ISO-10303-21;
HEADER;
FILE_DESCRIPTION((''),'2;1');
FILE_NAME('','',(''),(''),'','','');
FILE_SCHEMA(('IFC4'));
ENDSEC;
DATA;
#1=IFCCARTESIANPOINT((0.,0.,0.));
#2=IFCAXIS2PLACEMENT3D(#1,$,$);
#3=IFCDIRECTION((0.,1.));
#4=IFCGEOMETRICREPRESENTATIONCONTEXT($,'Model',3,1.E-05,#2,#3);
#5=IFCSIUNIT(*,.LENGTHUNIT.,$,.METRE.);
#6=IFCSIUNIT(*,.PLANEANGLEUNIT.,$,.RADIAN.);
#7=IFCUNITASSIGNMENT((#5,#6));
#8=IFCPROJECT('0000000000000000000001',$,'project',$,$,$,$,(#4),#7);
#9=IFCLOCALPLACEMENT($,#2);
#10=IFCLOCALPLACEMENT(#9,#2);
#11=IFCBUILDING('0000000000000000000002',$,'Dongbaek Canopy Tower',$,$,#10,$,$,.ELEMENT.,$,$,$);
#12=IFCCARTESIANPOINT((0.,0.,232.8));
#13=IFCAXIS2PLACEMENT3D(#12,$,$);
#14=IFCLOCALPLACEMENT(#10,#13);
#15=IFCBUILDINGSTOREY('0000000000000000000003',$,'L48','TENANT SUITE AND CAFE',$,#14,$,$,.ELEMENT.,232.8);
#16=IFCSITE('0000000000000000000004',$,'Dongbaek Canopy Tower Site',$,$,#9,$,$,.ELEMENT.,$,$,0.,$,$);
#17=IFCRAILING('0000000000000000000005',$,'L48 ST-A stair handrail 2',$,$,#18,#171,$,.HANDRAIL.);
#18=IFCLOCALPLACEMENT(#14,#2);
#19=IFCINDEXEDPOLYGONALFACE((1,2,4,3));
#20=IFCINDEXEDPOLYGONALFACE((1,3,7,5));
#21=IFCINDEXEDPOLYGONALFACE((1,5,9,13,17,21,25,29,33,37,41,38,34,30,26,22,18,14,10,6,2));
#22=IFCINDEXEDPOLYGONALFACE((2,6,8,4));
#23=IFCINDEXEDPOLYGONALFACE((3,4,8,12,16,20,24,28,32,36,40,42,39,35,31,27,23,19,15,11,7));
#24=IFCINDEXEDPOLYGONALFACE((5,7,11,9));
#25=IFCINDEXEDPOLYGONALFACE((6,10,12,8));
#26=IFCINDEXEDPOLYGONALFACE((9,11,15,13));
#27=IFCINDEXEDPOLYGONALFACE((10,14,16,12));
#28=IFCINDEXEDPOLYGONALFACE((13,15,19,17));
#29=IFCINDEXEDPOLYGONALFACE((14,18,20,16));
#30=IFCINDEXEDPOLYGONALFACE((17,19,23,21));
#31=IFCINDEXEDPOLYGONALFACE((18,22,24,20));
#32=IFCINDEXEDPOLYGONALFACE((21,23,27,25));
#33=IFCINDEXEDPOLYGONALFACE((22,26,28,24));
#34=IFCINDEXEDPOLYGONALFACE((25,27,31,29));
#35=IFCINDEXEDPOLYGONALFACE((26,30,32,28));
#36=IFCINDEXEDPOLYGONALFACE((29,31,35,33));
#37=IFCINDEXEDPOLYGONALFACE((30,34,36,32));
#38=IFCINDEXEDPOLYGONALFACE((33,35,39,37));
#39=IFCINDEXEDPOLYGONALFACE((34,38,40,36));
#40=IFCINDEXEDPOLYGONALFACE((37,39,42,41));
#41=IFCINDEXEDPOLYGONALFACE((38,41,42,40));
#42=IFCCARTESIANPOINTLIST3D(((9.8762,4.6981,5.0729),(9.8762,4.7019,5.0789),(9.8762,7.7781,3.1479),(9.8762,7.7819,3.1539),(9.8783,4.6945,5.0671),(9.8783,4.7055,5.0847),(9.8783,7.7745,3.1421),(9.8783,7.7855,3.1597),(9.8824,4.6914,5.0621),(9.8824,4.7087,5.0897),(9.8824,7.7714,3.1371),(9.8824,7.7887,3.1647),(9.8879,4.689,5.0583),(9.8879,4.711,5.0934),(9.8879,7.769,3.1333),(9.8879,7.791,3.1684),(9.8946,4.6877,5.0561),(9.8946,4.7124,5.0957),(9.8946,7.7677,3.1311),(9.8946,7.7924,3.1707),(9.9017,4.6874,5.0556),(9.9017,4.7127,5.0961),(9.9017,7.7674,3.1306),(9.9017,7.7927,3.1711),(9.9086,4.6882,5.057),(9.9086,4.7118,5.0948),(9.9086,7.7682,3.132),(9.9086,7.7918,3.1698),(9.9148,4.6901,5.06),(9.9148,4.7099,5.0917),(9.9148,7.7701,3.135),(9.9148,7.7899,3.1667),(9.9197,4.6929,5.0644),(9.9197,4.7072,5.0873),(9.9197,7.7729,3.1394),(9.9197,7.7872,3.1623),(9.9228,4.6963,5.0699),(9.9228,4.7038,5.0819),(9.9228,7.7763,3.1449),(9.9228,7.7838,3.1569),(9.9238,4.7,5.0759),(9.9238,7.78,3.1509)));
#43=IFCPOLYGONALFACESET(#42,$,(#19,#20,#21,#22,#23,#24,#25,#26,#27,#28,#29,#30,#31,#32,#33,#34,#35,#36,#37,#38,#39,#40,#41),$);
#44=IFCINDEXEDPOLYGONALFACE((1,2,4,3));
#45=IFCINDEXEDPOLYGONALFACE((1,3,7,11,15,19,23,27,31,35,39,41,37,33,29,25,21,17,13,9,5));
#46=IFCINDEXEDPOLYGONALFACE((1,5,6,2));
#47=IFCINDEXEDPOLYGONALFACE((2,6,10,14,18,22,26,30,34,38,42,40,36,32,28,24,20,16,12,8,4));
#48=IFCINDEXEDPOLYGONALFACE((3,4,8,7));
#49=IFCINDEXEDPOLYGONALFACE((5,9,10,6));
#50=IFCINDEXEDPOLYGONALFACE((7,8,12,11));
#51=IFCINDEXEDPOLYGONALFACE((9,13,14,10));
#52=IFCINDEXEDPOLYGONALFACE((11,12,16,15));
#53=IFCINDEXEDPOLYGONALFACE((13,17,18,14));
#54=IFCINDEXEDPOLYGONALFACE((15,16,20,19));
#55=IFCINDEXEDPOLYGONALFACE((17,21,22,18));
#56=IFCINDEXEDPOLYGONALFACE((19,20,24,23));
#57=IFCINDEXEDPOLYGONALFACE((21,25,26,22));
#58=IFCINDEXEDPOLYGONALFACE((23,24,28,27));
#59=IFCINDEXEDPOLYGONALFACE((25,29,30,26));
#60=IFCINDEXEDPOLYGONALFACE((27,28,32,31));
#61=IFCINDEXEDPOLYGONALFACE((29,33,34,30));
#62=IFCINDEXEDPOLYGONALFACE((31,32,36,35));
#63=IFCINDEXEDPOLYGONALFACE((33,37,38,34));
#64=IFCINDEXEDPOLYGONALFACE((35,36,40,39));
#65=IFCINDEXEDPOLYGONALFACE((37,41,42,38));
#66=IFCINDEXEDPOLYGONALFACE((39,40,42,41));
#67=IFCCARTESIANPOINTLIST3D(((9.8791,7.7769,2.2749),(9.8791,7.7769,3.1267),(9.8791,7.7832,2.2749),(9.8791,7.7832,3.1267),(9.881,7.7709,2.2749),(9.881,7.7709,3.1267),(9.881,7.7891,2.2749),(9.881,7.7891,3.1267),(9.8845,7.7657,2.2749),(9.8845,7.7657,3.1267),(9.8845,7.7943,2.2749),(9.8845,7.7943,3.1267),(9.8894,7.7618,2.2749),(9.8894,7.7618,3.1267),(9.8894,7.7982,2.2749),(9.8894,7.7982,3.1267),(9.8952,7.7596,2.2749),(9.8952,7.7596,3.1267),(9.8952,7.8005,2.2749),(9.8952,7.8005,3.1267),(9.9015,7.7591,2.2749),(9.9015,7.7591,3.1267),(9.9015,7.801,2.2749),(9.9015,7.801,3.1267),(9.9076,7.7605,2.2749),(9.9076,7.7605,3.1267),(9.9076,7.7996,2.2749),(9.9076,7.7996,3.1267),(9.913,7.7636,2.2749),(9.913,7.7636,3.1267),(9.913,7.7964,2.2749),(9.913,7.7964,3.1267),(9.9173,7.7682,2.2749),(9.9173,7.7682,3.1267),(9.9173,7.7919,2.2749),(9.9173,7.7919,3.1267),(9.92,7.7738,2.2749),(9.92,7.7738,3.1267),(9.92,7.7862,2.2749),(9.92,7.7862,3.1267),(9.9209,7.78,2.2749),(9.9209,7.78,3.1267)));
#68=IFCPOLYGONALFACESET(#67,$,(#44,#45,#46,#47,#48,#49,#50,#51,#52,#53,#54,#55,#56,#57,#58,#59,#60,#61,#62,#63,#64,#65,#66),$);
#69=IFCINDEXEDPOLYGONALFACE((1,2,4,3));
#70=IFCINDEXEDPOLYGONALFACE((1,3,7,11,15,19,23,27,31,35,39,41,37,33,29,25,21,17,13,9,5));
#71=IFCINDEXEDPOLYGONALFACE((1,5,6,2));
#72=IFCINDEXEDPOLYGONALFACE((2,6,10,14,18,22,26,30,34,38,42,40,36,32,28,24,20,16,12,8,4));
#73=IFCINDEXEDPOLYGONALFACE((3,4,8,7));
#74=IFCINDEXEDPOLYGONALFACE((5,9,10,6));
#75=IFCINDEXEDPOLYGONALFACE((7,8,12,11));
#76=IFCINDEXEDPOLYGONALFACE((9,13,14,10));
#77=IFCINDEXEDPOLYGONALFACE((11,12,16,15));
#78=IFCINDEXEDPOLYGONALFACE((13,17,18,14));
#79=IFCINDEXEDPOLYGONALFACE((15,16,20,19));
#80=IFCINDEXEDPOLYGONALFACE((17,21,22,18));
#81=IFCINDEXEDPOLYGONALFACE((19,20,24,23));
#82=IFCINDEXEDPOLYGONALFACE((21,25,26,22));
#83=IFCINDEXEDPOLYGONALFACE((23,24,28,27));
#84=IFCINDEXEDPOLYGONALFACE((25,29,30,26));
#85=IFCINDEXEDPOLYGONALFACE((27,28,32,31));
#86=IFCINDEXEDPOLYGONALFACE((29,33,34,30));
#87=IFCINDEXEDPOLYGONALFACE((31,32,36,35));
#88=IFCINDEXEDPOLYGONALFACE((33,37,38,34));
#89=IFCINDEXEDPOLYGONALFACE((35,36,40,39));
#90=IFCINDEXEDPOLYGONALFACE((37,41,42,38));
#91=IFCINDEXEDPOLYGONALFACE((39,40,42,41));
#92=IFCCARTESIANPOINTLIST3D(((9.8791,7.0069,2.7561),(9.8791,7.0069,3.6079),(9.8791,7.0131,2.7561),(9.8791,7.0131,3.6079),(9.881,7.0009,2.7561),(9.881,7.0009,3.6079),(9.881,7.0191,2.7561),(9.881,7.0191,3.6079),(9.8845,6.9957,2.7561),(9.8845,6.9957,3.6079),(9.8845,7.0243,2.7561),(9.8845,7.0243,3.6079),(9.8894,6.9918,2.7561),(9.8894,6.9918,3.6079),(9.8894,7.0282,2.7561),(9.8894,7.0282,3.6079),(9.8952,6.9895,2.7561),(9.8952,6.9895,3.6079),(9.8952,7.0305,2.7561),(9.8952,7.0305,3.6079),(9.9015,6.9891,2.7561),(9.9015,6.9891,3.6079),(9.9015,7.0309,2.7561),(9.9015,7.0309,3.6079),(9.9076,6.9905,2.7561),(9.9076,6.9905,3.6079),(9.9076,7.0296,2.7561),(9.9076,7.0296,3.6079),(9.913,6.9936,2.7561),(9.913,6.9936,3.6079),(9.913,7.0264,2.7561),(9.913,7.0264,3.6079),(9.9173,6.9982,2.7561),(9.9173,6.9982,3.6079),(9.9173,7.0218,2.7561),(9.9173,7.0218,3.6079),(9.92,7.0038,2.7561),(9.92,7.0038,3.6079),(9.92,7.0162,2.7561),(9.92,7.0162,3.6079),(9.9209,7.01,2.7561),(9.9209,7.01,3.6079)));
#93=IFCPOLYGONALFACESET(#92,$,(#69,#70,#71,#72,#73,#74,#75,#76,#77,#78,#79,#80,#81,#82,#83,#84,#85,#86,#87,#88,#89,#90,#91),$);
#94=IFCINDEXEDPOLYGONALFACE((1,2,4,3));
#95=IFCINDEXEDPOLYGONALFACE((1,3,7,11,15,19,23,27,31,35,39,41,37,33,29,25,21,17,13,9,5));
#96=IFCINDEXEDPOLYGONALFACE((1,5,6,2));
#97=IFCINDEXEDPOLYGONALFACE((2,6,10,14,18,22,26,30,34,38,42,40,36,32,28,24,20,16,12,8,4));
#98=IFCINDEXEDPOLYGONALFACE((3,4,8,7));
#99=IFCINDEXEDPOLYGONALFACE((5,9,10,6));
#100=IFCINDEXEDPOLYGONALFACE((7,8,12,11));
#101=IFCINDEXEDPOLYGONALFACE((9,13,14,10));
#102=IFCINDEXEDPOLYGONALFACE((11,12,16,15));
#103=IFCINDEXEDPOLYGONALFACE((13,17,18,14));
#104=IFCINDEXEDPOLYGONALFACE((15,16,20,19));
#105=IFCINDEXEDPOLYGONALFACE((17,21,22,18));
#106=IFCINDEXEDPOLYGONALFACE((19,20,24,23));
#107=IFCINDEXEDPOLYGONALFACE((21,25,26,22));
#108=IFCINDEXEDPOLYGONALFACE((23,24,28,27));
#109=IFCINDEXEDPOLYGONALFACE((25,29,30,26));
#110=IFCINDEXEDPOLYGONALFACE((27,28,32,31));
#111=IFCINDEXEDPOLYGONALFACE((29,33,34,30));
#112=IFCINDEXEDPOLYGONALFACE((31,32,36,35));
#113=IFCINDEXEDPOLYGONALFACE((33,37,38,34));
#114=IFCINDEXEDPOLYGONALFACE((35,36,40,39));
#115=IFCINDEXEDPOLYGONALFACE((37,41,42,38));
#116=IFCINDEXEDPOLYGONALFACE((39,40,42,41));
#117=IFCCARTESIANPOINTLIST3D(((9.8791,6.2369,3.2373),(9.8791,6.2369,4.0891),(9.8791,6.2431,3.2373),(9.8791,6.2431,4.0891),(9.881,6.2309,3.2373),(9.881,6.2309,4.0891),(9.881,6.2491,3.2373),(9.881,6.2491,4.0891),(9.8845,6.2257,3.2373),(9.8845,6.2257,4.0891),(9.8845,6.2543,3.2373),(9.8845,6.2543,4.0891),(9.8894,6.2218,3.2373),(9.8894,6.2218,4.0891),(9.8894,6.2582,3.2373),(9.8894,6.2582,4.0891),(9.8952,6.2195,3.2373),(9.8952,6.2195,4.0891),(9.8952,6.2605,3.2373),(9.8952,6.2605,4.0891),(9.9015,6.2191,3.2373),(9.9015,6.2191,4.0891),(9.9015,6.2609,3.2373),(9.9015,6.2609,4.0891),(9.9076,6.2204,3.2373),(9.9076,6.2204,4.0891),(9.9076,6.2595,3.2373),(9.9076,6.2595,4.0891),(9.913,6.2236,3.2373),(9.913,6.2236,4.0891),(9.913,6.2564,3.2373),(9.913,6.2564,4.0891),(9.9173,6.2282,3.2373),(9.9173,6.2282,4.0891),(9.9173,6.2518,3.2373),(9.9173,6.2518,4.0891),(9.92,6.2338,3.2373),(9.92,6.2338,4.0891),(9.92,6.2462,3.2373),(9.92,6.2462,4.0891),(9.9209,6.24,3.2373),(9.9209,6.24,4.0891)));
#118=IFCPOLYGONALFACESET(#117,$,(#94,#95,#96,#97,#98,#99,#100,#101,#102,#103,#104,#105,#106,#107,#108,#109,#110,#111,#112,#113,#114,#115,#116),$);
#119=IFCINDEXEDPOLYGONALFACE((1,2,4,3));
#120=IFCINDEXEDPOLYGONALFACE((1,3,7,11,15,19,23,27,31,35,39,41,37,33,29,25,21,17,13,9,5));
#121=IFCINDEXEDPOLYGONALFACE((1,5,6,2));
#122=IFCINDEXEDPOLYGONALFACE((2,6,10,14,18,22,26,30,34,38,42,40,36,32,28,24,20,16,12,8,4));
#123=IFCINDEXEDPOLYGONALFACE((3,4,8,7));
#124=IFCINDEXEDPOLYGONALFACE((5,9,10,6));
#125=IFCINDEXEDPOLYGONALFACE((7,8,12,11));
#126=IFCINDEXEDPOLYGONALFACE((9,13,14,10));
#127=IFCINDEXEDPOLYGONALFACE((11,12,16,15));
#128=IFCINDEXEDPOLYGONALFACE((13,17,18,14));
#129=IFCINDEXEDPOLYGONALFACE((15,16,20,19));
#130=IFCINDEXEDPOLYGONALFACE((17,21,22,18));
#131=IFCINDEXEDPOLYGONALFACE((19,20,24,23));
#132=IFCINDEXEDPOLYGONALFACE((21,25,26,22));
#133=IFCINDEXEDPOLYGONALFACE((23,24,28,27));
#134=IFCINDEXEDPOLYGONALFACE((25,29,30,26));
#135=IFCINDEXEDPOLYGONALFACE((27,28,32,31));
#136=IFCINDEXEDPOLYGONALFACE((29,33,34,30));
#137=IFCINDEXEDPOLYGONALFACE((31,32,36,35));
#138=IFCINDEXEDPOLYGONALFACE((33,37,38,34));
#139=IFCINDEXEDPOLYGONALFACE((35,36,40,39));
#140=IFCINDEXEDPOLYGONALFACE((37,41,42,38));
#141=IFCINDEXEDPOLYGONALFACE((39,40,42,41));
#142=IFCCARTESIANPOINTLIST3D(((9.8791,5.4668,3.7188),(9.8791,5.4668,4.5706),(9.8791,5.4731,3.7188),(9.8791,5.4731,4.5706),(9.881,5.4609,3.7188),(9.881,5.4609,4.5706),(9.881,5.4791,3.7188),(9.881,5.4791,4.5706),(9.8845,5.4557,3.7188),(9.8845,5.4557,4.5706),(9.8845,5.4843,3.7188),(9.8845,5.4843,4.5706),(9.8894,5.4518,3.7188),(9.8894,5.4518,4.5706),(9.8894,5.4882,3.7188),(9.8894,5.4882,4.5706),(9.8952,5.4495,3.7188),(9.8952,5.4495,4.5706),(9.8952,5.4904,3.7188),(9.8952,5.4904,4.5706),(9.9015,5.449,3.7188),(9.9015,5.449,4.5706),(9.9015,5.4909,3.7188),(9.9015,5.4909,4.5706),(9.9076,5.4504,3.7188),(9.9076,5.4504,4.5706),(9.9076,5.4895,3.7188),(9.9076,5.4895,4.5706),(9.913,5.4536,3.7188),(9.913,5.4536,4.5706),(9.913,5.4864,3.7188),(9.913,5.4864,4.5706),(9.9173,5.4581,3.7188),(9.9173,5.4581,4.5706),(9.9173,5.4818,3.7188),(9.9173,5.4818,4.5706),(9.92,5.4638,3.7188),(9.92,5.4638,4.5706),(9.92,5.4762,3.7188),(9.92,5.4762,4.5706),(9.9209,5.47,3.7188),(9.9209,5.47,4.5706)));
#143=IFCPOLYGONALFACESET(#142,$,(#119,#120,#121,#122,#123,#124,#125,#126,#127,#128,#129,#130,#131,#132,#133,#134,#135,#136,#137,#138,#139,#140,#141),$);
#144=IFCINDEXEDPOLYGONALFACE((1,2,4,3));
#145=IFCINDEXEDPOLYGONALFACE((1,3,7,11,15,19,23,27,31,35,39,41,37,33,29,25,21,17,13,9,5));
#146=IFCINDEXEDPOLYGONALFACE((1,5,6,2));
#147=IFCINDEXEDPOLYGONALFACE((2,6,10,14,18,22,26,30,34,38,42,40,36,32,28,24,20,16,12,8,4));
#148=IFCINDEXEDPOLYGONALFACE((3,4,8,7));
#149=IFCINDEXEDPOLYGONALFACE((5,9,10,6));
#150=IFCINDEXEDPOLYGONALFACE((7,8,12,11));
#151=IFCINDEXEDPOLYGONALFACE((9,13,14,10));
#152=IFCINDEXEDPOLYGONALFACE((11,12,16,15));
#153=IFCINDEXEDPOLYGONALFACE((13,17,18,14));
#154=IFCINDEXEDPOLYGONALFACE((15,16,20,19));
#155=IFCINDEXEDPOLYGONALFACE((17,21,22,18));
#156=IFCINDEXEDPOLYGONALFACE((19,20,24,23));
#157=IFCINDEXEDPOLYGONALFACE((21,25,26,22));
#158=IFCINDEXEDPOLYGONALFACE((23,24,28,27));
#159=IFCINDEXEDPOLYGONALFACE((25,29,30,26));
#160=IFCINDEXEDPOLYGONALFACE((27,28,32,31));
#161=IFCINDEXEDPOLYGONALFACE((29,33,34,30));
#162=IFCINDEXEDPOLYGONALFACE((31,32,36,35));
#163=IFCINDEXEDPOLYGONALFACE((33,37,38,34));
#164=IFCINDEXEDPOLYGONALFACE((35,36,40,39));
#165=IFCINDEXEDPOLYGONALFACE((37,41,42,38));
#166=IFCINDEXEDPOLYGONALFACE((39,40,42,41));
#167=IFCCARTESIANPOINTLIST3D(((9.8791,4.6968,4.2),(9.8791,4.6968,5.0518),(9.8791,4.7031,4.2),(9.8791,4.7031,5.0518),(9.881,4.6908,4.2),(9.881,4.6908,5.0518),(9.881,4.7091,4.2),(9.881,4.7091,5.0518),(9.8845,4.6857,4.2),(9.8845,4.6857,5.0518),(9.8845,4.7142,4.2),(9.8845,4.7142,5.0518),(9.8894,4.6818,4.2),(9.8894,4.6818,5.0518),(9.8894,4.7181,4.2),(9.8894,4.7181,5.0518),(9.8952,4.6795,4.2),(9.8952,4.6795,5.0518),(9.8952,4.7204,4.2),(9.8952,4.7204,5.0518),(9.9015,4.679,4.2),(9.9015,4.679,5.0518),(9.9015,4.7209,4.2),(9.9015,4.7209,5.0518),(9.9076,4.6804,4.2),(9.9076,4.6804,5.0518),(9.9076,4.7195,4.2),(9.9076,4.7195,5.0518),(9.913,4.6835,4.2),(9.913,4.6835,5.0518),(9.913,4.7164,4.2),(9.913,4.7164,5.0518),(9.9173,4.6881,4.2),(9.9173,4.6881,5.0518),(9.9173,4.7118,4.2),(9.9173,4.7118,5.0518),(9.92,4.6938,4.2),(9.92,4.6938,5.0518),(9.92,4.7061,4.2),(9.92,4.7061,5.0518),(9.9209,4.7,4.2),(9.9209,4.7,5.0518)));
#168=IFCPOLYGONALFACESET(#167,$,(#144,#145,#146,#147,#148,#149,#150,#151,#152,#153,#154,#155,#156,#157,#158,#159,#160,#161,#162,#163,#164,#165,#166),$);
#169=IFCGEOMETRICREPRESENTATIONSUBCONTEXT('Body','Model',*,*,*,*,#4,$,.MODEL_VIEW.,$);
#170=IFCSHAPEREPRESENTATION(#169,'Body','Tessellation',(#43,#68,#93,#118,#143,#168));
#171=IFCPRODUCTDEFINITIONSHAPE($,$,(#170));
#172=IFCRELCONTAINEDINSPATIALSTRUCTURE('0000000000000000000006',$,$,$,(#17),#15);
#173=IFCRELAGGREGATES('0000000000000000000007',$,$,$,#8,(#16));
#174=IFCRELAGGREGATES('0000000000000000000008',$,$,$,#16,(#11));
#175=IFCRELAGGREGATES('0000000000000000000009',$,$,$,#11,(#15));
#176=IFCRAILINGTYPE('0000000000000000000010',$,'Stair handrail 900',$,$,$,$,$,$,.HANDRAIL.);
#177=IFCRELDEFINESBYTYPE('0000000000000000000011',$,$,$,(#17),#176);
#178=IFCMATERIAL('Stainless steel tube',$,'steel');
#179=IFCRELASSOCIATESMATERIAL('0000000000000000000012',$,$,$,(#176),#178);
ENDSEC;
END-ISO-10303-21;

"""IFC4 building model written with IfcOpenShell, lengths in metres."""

from ifc_helpers import new_model, si_unit, direction, frame, origin, origin_2d, place, context, subcontext, project, spatial, circle, extrude, material, type_object, element, save


model = new_model("IFC4")

# Units and contexts
model_context = context("Model", 3, precision=1e-05, world=origin(), true_north=direction((0.0, 1.0)))
body_context = subcontext(model_context, "Body", "Model", "MODEL_VIEW")
ifc_project = project(units=[si_unit("LENGTHUNIT", "METRE"), si_unit("PLANEANGLEUNIT", "RADIAN")], contexts=[model_context])

# Site, building, storey
site_placement = place(None, origin())
site = spatial("IfcSite", under=ifc_project, at=site_placement, Name="Dongbaek Canopy Tower Site", CompositionType="ELEMENT", RefElevation=0.0)
building_placement = place(site_placement, origin())
building = spatial("IfcBuilding", under=site, at=building_placement, Name="Dongbaek Canopy Tower", CompositionType="ELEMENT")
storey_placement = place(building_placement, frame((0.0, 0.0, 232.8)))
storey = spatial("IfcBuildingStorey", under=building, at=storey_placement, Name="L48", Description="TENANT SUITE AND CAFE", CompositionType="ELEMENT", Elevation=232.8)

# Railing
ifc_material_1 = material(Name="Stainless steel tube", Category="steel")
railing_type_1 = type_object("IfcRailingType", Name="Stair handrail 900", PredefinedType="HANDRAIL", material=ifc_material_1)
railing_1_placement = place(storey_placement, frame((9.8999, 7.78, 2.2749)))
element("IfcRailing", 1, at=railing_1_placement, inside=storey, type_object=railing_type_1, Name="L48 ST-A stair handrail 2", PredefinedType="HANDRAIL", context=body_context, shape_type="SweptSolid", body=[
    extrude(circle(Radius=0.0239, at=origin_2d()), frame((0.0, 0.0, 0.876), z_axis=(0.0, -0.847998, 0.529999), x_axis=(1.0, 0.0, 0.0)), (0.0, 0.0, 1.0), 3.6321),
    extrude(circle(Radius=0.021, at=origin_2d()), origin(), (0.0, 0.0, 1.0), 0.8518),
    extrude(circle(Radius=0.021, at=origin_2d()), frame((0.0, -0.77, 0.4812)), (0.0, 0.0, 1.0), 0.8518),
    extrude(circle(Radius=0.021, at=origin_2d()), frame((0.0, -1.54, 0.9624)), (0.0, 0.0, 1.0), 0.8518),
    extrude(circle(Radius=0.021, at=origin_2d()), frame((0.0, -2.3101, 1.4438)), (0.0, 0.0, 1.0), 0.8518),
    extrude(circle(Radius=0.021, at=origin_2d()), frame((0.0, -3.0801, 1.925)), (0.0, 0.0, 1.0), 0.8518),
])

save(model, "model.ifc")
